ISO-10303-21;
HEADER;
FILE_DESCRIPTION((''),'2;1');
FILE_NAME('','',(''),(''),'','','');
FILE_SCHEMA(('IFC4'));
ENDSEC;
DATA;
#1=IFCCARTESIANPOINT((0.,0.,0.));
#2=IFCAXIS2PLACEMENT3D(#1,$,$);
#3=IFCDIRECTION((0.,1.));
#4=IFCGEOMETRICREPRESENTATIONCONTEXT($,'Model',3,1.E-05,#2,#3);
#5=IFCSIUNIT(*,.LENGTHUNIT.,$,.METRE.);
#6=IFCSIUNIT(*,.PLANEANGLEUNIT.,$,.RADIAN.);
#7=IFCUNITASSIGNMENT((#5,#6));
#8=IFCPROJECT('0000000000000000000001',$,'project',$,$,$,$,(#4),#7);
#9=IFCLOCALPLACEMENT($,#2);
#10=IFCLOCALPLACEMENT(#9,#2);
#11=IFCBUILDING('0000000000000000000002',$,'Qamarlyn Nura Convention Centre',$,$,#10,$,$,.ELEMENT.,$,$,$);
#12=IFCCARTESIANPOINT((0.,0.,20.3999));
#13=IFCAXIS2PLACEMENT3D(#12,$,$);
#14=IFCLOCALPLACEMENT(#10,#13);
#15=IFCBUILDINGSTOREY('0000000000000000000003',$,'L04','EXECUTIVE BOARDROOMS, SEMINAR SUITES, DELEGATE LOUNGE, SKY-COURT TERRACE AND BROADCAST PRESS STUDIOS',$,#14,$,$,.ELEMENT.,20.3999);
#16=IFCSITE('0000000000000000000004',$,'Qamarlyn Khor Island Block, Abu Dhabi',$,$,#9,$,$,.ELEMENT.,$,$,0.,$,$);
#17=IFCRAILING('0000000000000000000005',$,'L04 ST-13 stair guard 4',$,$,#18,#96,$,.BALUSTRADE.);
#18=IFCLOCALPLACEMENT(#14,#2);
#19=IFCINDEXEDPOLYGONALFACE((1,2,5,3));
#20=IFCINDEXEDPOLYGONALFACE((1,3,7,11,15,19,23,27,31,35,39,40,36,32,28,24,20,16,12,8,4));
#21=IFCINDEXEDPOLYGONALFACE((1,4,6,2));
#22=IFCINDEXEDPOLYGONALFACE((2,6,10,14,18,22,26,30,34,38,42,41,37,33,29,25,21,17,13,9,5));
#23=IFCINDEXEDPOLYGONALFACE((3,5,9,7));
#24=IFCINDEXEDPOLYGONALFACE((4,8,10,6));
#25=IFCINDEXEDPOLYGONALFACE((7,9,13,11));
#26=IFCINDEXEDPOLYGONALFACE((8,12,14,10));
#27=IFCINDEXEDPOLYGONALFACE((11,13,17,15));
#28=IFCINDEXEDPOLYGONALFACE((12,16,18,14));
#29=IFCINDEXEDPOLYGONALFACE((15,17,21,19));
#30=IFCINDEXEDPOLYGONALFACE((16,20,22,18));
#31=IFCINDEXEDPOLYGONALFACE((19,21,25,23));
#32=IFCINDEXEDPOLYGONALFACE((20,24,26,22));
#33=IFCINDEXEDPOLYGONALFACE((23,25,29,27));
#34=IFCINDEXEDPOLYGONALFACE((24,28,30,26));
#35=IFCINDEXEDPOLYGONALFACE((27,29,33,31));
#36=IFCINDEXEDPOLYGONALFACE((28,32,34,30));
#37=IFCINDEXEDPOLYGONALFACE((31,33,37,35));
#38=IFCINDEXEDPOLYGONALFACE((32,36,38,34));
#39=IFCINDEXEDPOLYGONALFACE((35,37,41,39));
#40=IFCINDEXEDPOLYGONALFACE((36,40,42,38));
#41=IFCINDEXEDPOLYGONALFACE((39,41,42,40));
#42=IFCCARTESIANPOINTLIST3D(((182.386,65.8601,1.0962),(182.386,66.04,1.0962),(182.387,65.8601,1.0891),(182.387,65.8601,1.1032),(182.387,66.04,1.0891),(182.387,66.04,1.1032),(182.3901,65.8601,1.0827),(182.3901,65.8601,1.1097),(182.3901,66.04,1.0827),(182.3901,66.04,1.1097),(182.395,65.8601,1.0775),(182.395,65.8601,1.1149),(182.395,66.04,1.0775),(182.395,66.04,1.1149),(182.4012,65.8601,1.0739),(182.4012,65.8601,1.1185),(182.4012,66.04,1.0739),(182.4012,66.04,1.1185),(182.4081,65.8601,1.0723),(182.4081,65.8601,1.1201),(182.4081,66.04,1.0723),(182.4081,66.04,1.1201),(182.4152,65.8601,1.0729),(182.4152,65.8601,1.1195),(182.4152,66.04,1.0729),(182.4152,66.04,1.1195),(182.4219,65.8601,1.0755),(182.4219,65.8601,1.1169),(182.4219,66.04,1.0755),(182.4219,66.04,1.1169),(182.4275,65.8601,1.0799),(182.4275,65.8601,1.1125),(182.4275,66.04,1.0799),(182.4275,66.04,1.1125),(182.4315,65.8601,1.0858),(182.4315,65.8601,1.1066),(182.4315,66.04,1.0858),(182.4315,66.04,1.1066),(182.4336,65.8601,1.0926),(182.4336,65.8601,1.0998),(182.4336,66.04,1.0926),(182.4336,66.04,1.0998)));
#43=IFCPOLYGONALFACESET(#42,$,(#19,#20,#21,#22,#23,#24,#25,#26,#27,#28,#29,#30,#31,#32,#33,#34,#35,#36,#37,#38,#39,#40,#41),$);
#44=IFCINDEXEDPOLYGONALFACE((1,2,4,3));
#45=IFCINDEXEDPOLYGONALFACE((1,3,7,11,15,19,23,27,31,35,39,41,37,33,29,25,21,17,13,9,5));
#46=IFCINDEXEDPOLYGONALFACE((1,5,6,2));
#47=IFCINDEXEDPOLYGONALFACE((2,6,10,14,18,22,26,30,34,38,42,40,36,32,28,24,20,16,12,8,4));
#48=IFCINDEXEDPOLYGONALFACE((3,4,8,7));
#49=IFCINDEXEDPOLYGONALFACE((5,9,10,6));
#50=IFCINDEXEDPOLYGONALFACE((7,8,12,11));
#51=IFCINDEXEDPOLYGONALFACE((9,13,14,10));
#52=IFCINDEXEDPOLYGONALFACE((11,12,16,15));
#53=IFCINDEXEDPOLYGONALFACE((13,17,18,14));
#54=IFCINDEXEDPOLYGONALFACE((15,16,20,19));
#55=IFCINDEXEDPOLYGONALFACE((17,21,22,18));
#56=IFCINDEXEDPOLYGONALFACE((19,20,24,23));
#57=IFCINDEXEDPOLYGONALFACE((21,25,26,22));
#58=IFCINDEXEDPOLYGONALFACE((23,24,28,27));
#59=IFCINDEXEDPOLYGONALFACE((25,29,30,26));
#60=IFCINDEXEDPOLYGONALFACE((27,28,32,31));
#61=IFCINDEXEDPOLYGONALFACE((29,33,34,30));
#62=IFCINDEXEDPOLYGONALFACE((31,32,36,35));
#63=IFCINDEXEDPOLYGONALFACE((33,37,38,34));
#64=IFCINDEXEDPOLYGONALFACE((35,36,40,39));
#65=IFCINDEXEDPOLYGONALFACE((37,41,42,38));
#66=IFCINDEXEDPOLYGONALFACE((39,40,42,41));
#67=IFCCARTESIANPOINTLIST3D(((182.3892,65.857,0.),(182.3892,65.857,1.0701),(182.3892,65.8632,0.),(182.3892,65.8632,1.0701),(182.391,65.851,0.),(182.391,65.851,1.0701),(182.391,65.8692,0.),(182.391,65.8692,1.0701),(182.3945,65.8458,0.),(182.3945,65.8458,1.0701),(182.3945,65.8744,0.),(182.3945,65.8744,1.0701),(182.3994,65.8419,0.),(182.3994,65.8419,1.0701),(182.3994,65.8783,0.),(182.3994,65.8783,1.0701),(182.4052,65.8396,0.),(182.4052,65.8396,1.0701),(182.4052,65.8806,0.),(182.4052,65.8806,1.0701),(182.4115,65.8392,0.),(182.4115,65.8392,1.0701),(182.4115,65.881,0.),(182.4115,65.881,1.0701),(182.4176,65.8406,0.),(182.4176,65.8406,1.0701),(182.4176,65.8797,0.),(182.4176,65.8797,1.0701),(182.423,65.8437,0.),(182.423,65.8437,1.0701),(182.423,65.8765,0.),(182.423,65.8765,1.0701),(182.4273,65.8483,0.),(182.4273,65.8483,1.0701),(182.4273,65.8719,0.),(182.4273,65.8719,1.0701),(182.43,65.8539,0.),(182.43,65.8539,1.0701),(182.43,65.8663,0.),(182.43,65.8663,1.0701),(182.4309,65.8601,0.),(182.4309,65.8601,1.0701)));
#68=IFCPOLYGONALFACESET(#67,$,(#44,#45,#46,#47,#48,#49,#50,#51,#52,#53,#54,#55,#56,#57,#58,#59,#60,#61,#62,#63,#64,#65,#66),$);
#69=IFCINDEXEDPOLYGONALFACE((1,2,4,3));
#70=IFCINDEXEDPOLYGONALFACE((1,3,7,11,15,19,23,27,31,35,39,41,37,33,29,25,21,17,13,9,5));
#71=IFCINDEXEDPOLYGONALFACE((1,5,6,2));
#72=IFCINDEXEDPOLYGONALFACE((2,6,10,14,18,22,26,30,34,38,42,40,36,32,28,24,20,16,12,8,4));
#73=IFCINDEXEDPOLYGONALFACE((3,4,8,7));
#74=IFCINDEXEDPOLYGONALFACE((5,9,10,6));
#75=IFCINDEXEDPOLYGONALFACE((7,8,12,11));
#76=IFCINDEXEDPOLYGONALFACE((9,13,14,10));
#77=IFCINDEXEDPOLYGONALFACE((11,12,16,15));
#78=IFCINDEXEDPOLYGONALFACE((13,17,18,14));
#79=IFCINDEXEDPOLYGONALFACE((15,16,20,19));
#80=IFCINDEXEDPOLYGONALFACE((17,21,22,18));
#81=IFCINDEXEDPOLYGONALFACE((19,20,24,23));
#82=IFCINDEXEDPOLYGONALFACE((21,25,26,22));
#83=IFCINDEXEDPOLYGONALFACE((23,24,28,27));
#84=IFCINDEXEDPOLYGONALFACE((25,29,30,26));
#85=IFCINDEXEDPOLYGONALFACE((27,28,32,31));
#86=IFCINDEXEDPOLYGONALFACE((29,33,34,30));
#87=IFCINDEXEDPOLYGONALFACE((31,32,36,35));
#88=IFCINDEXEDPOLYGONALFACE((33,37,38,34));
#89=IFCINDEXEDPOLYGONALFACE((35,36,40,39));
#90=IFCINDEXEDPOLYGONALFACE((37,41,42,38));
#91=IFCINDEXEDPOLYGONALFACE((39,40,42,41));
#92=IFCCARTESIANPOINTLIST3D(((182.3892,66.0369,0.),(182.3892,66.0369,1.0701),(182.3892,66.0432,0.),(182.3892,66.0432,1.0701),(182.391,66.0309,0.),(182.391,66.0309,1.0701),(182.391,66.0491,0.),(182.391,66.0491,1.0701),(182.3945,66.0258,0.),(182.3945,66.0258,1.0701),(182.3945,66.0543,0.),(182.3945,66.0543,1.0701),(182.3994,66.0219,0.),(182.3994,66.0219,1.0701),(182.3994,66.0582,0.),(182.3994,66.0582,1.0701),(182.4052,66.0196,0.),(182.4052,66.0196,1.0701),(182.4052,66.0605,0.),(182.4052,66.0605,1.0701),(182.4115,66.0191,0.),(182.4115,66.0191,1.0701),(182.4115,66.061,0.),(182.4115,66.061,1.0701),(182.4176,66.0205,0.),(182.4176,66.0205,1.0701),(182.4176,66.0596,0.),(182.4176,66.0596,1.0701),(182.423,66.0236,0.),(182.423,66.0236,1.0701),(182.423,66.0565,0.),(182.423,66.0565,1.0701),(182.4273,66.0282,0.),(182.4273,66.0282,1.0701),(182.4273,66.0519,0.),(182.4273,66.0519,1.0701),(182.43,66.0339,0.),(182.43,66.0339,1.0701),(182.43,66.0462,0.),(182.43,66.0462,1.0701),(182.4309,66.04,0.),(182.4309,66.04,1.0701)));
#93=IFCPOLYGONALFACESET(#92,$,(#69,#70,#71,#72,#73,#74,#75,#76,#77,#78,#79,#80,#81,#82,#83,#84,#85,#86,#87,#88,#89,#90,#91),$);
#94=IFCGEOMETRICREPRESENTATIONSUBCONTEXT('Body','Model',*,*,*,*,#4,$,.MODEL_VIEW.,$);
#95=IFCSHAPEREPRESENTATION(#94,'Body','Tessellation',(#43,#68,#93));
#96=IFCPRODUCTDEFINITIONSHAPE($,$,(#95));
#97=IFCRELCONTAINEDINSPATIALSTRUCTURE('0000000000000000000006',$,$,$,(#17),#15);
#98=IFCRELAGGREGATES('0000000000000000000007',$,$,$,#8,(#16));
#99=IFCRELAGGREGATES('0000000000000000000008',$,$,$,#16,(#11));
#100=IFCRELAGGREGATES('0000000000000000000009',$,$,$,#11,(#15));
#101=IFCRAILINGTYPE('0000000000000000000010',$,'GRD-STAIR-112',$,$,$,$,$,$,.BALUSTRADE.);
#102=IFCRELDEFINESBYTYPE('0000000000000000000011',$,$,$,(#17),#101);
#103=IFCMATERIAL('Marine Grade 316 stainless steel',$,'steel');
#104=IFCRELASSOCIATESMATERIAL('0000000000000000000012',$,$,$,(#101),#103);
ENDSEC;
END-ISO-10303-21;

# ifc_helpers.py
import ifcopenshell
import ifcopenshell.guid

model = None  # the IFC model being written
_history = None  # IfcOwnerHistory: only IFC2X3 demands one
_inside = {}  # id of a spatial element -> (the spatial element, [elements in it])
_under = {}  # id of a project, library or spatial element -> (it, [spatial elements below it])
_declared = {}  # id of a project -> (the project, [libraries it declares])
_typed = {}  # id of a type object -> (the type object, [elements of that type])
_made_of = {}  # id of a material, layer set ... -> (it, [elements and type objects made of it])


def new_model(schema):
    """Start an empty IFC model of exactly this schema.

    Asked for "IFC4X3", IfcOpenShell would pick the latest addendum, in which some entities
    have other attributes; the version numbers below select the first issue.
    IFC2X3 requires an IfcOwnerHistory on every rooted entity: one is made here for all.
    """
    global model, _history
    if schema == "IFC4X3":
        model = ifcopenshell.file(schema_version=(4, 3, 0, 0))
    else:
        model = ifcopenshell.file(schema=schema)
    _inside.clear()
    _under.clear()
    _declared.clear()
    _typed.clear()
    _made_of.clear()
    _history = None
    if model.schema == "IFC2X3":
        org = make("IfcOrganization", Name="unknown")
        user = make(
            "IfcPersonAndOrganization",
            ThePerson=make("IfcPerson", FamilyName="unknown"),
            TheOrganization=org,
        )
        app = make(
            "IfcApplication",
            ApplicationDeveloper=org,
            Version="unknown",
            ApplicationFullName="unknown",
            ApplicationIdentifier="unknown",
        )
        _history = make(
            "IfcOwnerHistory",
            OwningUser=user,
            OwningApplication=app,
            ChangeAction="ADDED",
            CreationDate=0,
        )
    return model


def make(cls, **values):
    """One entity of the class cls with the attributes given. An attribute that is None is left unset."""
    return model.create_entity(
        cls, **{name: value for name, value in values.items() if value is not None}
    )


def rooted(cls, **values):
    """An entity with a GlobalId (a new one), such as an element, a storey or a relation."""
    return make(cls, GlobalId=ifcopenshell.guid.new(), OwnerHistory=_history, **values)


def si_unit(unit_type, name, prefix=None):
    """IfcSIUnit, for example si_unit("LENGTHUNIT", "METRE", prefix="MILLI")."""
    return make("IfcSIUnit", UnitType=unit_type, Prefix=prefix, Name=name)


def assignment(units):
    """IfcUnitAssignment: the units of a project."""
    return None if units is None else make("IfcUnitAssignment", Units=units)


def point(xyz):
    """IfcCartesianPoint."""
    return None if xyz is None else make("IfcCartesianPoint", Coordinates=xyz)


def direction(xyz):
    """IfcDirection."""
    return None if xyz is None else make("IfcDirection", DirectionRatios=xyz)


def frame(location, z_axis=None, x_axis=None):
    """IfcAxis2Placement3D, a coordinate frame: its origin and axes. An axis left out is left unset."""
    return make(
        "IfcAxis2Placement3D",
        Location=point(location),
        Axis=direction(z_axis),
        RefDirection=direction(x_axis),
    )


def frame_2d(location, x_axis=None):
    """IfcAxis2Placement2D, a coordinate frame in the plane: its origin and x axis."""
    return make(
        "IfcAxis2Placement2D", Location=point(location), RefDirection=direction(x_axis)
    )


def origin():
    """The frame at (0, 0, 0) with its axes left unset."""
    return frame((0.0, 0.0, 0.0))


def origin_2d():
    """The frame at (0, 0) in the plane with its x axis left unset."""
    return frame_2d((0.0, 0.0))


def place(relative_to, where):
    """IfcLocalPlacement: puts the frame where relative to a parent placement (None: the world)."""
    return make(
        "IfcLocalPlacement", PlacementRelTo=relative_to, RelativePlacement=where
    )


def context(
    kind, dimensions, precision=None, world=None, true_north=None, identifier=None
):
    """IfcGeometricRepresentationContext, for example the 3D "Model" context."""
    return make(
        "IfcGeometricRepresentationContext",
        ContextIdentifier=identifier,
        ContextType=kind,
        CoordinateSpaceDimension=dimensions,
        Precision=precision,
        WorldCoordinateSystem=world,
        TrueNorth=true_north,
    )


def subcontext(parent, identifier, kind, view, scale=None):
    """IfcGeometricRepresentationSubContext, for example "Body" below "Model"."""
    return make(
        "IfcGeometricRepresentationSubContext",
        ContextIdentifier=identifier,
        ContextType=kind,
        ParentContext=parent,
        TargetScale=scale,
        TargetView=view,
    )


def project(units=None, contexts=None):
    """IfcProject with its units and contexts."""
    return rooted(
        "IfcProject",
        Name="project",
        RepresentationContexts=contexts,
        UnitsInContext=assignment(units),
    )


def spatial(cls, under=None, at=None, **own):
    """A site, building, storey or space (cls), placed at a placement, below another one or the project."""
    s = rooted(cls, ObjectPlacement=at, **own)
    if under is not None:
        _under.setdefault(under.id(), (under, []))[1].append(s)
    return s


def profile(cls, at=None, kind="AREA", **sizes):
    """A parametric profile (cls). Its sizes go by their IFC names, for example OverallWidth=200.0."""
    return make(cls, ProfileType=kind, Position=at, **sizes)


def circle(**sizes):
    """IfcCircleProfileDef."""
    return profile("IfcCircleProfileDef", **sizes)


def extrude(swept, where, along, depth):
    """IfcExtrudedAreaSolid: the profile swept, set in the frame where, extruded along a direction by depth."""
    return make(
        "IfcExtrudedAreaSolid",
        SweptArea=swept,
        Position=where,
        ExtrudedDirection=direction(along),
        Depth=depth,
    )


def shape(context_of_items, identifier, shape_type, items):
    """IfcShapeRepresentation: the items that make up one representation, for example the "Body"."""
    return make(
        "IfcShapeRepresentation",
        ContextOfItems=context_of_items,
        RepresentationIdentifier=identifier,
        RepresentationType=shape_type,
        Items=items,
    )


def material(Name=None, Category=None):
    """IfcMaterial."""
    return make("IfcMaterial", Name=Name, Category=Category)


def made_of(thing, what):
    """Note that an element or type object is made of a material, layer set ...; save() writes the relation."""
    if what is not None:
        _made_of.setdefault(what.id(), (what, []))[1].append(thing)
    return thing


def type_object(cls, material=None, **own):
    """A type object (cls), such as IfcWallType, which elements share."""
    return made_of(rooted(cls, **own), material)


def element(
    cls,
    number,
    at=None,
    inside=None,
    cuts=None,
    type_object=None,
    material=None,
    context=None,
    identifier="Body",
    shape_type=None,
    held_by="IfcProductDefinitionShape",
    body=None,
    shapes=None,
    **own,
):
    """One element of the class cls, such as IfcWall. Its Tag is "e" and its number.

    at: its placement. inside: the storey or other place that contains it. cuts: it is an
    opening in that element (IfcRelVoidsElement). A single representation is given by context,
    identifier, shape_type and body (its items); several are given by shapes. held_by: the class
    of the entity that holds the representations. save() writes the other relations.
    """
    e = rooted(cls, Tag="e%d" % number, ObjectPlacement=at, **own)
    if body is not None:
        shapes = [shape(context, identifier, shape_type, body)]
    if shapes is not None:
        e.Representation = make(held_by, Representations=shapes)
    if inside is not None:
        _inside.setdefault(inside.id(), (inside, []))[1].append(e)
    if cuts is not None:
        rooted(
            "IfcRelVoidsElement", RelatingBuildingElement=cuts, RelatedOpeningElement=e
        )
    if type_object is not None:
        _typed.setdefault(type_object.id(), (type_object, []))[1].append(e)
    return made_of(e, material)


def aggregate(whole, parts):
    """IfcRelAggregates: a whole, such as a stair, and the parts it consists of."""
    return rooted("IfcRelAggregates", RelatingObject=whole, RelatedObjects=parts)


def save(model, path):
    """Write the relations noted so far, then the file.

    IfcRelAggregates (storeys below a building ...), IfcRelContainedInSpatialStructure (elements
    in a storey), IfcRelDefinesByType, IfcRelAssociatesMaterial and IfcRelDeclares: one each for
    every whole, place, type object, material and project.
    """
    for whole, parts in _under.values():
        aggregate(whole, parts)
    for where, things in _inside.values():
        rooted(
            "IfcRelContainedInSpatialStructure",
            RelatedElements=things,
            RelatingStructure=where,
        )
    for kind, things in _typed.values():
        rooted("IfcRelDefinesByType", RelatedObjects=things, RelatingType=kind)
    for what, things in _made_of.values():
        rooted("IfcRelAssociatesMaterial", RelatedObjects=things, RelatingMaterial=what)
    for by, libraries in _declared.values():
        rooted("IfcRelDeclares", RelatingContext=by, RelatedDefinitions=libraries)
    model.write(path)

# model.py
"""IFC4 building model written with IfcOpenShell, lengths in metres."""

from ifc_helpers import new_model, si_unit, direction, frame, origin, origin_2d, place, context, subcontext, project, spatial, circle, extrude, material, type_object, element, save


model = new_model("IFC4")

# Units and contexts
model_context = context("Model", 3, precision=1e-05, world=origin(), true_north=direction((0.0, 1.0)))
body_context = subcontext(model_context, "Body", "Model", "MODEL_VIEW")
ifc_project = project(units=[si_unit("LENGTHUNIT", "METRE"), si_unit("PLANEANGLEUNIT", "RADIAN")], contexts=[model_context])

# Site, building, storey
site_placement = place(None, origin())
site = spatial("IfcSite", under=ifc_project, at=site_placement, Name="Qamarlyn Khor Island Block, Abu Dhabi", CompositionType="ELEMENT", RefElevation=0.0)
building_placement = place(site_placement, origin())
building = spatial("IfcBuilding", under=site, at=building_placement, Name="Qamarlyn Nura Convention Centre", CompositionType="ELEMENT")
storey_placement = place(building_placement, frame((0.0, 0.0, 20.3999)))
storey = spatial("IfcBuildingStorey", under=building, at=storey_placement, Name="L04", Description="EXECUTIVE BOARDROOMS, SEMINAR SUITES, DELEGATE LOUNGE, SKY-COURT TERRACE AND BROADCAST PRESS STUDIOS", CompositionType="ELEMENT", Elevation=20.3999)

# Railing
ifc_material_1 = material(Name="Marine Grade 316 stainless steel", Category="steel")
railing_type_1 = type_object("IfcRailingType", Name="GRD-STAIR-112", PredefinedType="BALUSTRADE", material=ifc_material_1)
railing_1_placement = place(storey_placement, frame((182.4099, 65.8601, 0.0)))
element("IfcRailing", 1, at=railing_1_placement, inside=storey, type_object=railing_type_1, Name="L04 ST-13 stair guard 4", PredefinedType="BALUSTRADE", context=body_context, shape_type="SweptSolid", body=[
    extrude(circle(Radius=0.0239, at=origin_2d()), frame((0.0, 0.0, 1.0962), z_axis=(0.0, 1.0, 0.0), x_axis=(-1.0, 0.0, 0.0)), (0.0, 0.0, 1.0), 0.1799),
    extrude(circle(Radius=0.021, at=origin_2d()), origin(), (0.0, 0.0, 1.0), 1.0701),
    extrude(circle(Radius=0.021, at=origin_2d()), frame((0.0, 0.1799, 0.0)), (0.0, 0.0, 1.0), 1.0701),
])

save(model, "model.ifc")
